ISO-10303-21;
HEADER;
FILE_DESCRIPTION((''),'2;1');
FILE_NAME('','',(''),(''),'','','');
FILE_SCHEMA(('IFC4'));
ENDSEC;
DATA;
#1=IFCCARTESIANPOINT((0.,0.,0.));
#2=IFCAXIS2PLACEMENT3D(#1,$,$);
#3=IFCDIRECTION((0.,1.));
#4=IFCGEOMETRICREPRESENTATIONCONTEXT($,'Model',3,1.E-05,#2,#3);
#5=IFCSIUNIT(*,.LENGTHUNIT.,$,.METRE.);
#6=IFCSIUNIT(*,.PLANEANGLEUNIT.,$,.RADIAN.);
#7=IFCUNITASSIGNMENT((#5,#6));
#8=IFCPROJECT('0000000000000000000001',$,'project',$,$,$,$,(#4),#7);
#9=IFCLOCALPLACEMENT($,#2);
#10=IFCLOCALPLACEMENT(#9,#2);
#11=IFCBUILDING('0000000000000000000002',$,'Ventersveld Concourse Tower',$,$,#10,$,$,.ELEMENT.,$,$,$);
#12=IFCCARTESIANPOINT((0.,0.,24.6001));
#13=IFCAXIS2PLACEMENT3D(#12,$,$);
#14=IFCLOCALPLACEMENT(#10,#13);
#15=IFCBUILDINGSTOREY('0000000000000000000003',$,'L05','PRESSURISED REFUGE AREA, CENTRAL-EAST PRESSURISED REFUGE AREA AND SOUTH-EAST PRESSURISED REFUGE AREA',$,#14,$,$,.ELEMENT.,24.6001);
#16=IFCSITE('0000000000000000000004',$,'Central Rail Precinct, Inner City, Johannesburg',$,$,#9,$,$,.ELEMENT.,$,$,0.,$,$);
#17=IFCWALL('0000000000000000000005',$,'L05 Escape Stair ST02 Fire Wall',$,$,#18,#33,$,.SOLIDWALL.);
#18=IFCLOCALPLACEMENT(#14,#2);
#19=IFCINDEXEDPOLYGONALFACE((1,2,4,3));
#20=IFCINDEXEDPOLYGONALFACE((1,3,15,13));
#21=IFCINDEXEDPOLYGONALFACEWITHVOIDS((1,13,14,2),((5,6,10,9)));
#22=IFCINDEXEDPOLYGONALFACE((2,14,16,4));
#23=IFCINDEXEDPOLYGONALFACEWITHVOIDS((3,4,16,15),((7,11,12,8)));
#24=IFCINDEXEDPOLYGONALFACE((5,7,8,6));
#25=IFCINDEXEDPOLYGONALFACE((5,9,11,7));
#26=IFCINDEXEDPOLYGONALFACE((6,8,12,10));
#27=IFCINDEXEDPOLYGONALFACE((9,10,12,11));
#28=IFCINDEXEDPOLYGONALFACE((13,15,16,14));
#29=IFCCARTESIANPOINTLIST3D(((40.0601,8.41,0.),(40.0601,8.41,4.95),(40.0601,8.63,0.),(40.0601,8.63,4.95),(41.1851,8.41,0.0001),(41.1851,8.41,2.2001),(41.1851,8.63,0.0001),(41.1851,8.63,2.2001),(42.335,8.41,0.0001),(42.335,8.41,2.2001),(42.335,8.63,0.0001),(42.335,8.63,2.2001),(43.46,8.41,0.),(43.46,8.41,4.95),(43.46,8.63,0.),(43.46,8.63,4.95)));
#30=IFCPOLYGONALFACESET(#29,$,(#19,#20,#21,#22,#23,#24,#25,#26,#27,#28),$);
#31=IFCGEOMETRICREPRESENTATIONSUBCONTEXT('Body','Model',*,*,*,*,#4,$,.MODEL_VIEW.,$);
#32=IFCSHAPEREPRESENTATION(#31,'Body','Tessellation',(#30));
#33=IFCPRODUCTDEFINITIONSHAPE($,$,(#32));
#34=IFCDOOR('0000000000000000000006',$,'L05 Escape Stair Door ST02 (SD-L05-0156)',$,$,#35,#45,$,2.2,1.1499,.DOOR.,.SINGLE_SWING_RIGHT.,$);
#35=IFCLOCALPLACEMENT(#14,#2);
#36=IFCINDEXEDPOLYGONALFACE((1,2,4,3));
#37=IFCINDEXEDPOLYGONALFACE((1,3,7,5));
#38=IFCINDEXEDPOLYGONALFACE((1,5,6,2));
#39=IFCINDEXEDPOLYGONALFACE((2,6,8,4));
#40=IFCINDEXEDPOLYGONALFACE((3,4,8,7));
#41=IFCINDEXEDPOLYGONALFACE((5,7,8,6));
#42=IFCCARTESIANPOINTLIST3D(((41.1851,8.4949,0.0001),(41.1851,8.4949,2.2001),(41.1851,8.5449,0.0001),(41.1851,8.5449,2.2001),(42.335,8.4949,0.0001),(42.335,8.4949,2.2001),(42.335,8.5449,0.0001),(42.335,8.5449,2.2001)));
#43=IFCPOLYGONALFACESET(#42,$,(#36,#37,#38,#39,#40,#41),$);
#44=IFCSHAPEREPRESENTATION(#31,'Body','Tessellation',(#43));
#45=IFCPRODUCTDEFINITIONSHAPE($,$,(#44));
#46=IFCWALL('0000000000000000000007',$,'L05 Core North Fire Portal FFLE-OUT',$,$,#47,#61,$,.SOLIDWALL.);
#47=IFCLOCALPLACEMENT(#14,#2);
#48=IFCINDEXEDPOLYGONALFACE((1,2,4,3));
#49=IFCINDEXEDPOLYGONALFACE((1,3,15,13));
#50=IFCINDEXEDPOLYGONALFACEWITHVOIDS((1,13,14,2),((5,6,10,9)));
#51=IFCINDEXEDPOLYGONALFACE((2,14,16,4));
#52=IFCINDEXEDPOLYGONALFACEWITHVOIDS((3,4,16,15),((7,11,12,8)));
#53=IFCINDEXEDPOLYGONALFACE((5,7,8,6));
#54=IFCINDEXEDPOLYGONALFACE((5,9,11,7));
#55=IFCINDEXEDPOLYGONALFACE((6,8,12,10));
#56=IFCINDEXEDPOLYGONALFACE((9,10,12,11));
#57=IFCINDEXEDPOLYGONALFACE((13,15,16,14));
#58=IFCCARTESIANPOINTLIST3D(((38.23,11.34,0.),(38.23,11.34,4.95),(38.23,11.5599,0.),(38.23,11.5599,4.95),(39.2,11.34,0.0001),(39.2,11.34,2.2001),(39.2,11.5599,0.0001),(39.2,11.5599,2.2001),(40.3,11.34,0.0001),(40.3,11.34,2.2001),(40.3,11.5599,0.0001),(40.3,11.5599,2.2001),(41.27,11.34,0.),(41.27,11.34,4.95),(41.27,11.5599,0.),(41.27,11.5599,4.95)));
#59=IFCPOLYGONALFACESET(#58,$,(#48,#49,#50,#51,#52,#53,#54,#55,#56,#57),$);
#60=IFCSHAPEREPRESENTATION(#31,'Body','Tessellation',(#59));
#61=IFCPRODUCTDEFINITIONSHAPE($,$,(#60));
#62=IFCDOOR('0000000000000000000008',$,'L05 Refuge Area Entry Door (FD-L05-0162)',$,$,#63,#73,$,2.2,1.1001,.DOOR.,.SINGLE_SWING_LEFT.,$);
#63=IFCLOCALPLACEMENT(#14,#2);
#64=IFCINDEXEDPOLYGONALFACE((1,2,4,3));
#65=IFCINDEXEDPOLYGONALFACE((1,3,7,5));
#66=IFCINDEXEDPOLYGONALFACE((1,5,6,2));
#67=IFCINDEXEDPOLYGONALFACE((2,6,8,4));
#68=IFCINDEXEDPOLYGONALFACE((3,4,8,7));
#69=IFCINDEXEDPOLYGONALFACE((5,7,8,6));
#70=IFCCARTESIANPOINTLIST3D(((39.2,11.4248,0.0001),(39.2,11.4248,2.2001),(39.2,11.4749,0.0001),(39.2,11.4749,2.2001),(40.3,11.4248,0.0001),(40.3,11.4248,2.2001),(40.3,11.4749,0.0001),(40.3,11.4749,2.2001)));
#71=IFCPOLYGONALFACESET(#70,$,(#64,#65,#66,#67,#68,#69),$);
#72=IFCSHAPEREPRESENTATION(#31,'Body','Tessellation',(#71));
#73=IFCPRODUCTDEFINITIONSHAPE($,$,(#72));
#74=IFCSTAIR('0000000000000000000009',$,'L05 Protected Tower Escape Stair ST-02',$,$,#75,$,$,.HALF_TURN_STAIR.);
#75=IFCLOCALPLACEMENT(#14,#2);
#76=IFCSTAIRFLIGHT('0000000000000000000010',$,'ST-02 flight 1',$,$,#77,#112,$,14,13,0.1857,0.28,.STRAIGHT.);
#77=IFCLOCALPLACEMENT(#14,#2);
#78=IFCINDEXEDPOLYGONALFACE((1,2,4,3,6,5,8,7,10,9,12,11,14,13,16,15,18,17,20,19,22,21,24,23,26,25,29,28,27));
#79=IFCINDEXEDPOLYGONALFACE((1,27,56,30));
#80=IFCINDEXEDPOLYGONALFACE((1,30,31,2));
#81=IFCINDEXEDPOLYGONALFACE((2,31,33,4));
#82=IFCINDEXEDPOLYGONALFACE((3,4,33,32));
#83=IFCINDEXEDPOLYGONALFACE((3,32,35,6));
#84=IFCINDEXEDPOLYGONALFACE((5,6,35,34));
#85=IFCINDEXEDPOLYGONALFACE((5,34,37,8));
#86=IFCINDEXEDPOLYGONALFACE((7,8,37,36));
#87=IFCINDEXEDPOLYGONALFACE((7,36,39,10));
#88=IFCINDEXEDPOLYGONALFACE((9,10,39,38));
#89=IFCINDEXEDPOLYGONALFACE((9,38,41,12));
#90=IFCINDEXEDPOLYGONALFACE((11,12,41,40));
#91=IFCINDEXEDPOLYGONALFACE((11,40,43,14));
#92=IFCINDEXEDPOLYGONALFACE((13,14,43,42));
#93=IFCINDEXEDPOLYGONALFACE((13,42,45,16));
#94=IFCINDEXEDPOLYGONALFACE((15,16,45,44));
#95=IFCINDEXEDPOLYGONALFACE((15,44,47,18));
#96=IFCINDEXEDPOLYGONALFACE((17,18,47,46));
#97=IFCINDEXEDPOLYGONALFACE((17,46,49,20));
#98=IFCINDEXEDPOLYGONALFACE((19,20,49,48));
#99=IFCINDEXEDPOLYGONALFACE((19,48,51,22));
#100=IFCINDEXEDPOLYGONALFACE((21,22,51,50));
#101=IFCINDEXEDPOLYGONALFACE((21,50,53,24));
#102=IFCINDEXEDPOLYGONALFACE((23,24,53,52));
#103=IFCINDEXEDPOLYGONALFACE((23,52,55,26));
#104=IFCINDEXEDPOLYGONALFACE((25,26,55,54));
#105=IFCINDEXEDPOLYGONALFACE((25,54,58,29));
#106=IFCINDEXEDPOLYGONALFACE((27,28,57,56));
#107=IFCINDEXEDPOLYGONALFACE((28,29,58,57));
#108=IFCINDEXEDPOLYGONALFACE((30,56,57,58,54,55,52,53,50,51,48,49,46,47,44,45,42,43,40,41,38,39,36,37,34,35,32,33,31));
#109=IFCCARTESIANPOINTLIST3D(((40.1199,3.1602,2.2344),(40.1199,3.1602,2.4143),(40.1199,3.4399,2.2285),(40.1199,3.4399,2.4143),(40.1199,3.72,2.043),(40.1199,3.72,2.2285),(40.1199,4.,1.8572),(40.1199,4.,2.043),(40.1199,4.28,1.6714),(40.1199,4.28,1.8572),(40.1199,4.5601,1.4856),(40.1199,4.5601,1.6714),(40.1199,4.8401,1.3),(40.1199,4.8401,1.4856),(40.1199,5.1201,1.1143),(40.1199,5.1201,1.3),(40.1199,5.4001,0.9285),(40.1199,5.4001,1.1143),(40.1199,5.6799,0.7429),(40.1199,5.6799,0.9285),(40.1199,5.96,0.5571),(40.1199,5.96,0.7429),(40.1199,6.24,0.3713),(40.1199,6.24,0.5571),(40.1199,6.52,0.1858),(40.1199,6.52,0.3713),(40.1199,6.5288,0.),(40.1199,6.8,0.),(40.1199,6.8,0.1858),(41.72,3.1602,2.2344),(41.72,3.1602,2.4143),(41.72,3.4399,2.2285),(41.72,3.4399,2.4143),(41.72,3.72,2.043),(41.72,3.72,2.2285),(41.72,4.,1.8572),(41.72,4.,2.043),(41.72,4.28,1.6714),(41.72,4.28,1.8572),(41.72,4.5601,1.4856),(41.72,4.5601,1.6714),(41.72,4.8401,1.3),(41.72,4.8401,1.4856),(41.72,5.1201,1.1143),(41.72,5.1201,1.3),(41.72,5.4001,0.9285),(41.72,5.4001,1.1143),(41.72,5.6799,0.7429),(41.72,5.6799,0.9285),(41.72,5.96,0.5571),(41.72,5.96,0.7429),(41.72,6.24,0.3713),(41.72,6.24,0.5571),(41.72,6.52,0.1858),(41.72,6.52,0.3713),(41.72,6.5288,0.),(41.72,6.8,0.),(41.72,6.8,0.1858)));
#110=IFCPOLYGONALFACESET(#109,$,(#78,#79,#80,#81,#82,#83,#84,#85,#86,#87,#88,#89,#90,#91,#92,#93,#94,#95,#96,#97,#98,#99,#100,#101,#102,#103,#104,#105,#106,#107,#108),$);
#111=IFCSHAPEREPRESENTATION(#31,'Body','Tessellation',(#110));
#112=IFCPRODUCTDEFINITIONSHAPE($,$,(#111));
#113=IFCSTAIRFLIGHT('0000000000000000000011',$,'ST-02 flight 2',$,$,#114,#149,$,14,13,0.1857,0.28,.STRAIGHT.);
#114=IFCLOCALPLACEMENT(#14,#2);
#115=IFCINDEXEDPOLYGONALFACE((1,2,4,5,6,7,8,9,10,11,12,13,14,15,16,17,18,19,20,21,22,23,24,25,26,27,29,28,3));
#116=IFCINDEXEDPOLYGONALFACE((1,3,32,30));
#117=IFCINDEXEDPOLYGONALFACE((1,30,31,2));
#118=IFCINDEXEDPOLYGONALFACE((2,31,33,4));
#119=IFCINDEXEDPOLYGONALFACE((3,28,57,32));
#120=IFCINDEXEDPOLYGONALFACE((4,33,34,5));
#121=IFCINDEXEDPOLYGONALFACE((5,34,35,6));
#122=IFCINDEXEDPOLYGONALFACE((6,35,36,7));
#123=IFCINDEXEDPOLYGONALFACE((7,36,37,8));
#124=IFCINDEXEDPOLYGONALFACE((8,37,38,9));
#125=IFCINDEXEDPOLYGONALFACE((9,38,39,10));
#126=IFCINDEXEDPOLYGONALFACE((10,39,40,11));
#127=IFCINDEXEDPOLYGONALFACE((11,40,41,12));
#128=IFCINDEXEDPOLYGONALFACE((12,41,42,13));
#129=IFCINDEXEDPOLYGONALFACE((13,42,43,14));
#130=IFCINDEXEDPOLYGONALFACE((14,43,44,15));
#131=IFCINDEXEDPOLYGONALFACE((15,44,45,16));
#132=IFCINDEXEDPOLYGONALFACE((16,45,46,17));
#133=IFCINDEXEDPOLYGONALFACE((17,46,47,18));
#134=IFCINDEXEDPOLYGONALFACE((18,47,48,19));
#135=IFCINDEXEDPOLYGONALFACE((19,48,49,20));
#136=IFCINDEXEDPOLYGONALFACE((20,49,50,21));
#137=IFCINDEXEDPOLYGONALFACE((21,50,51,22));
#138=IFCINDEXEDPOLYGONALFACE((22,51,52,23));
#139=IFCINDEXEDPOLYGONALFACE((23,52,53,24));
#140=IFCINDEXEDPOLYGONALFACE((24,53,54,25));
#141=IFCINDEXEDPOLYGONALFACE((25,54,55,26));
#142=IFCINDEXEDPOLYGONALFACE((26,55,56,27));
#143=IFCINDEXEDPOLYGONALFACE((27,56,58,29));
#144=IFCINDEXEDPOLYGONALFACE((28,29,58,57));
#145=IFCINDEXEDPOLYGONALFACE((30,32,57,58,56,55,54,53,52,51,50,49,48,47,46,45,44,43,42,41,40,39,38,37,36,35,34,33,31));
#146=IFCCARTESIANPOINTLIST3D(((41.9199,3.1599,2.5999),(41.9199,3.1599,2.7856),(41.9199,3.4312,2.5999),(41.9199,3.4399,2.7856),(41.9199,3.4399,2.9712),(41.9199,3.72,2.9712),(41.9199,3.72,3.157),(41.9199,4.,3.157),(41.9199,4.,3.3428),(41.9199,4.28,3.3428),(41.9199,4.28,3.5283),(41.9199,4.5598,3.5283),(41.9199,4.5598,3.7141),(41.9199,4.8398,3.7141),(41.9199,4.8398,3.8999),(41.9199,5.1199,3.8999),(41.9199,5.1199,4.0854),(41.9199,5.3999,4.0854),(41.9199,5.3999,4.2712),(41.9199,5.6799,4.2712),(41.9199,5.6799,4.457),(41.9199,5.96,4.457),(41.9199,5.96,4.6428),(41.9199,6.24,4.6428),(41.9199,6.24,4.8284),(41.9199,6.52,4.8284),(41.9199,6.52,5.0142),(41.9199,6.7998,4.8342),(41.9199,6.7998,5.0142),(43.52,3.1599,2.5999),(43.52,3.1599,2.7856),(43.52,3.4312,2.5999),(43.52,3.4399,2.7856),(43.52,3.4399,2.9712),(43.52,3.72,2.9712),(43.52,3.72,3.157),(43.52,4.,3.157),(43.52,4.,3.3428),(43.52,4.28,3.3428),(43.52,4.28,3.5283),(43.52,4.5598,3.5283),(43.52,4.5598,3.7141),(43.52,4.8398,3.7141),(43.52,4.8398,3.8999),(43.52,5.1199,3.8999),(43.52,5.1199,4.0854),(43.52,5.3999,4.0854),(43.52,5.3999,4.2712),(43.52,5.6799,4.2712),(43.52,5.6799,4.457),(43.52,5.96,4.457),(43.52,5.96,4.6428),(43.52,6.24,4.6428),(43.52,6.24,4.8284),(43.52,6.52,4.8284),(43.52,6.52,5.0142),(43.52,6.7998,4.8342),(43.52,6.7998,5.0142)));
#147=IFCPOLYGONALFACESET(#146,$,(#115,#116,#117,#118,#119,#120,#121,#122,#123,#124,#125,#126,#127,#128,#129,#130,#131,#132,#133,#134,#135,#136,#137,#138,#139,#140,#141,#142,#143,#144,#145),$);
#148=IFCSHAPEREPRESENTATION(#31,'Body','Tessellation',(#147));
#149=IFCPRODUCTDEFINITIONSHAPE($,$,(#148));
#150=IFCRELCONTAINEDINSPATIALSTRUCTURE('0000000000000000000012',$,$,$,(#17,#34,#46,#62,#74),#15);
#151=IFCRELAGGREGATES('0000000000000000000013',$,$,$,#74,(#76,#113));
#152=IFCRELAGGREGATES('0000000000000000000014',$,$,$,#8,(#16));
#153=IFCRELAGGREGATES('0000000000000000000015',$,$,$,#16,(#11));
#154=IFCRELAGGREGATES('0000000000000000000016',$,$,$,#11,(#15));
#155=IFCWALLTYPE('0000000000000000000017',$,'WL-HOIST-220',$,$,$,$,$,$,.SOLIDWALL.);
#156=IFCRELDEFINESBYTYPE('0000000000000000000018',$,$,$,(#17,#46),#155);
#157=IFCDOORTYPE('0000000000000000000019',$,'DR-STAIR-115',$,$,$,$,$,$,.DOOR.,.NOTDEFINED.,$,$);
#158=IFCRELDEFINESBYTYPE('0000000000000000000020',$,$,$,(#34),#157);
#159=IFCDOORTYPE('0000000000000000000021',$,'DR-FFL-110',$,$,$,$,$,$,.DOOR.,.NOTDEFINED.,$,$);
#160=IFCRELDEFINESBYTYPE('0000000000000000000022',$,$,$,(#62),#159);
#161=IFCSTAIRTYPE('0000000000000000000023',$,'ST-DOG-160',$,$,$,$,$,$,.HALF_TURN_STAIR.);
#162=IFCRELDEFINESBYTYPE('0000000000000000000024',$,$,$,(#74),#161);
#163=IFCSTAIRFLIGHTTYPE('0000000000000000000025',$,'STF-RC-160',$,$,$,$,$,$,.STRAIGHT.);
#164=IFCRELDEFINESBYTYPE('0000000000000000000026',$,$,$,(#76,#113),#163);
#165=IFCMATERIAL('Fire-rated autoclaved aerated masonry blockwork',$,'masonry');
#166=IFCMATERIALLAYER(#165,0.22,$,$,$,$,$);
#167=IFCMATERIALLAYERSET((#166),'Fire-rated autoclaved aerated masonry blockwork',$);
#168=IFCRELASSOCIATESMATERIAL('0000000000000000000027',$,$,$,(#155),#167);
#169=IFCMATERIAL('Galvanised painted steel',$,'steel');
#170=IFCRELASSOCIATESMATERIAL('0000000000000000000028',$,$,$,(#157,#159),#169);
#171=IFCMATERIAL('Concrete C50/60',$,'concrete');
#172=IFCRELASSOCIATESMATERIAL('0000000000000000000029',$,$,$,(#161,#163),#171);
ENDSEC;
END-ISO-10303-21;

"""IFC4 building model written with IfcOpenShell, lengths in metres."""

from ifc_helpers import new_model, si_unit, direction, frame, frame_2d, origin, place, context, subcontext, project, spatial, polyline, rectangle, outline, extrude, material, layer, layer_set, type_object, element, fill, aggregate, save


model = new_model("IFC4")

# Units and contexts
model_context = context("Model", 3, precision=1e-05, world=origin(), true_north=direction((0.0, 1.0)))
body_context = subcontext(model_context, "Body", "Model", "MODEL_VIEW")
ifc_project = project(units=[si_unit("LENGTHUNIT", "METRE"), si_unit("PLANEANGLEUNIT", "RADIAN")], contexts=[model_context])

# Site, building, storey
site_placement = place(None, origin())
site = spatial("IfcSite", under=ifc_project, at=site_placement, Name="Central Rail Precinct, Inner City, Johannesburg", CompositionType="ELEMENT", RefElevation=0.0)
building_placement = place(site_placement, origin())
building = spatial("IfcBuilding", under=site, at=building_placement, Name="Ventersveld Concourse Tower", CompositionType="ELEMENT")
storey_placement = place(building_placement, frame((0.0, 0.0, 24.6001)))
storey = spatial("IfcBuildingStorey", under=building, at=storey_placement, Name="L05", Description="PRESSURISED REFUGE AREA, CENTRAL-EAST PRESSURISED REFUGE AREA AND SOUTH-EAST PRESSURISED REFUGE AREA", CompositionType="ELEMENT", Elevation=24.6001)

# Shared definitions
ifc_material_1 = material(Name="Concrete C50/60", Category="concrete")

# Shared definitions
ifc_material_2 = material(Name="Fire-rated autoclaved aerated masonry blockwork", Category="masonry")

# Walls, openings, doors
ifc_layer_1 = layer(ifc_material_2, 0.22)
ifc_layer_set_1 = layer_set([ifc_layer_1], Name="Fire-rated autoclaved aerated masonry blockwork")
wall_type_1 = type_object("IfcWallType", Name="WL-HOIST-220", PredefinedType="SOLIDWALL", material=ifc_layer_set_1)
wall_1_placement = place(storey_placement, frame((40.0601, 8.52, 0.0), z_axis=(0.0, 0.0, 1.0), x_axis=(1.0, 0.0, 0.0)))
wall_1 = element("IfcWall", 1, at=wall_1_placement, inside=storey, type_object=wall_type_1, Name="L05 Escape Stair ST02 Fire Wall", PredefinedType="SOLIDWALL", context=body_context, shape_type="SweptSolid", body=[
    extrude(rectangle(XDim=3.3999, YDim=0.22, at=frame_2d((1.7, 0.0))), origin(), (0.0, 0.0, 1.0), 4.95),
])
opening_1_placement = place(wall_1_placement, frame((1.125, 0.0, 0.0)))
opening_1 = element("IfcOpeningElement", 2, at=opening_1_placement, cuts=wall_1, PredefinedType="OPENING", context=body_context, shape_type="SweptSolid", body=[
    extrude(rectangle(XDim=1.1499, YDim=2.2, at=frame_2d((0.575, 1.1001))), frame((0.0, 0.1201, 0.0), z_axis=(0.0, -1.0, 0.0), x_axis=(1.0, 0.0, 0.0)), (0.0, 0.0, 1.0), 0.24),
])
ifc_material_3 = material(Name="Galvanised painted steel", Category="steel")
door_type_1 = type_object("IfcDoorType", Name="DR-STAIR-115", OperationType="NOTDEFINED", PredefinedType="DOOR", material=ifc_material_3)
door_1_placement = place(opening_1_placement, origin())
door_1 = element("IfcDoor", 3, at=door_1_placement, inside=storey, type_object=door_type_1, Name="L05 Escape Stair Door ST02 (SD-L05-0156)", OperationType="SINGLE_SWING_RIGHT", OverallHeight=2.2, OverallWidth=1.1499, PredefinedType="DOOR", context=body_context, shape_type="SweptSolid", body=[
    extrude(rectangle(XDim=1.1499, YDim=2.2, at=frame_2d((0.575, 1.1001))), frame((0.0, 0.0249, 0.0), z_axis=(0.0, -1.0, 0.0), x_axis=(1.0, 0.0, 0.0)), (0.0, 0.0, 1.0), 0.05),
])
fill(opening_1, door_1)
wall_2_placement = place(storey_placement, frame((38.23, 11.45, 0.0), z_axis=(0.0, 0.0, 1.0), x_axis=(1.0, 0.0, 0.0)))
wall_2 = element("IfcWall", 4, at=wall_2_placement, inside=storey, type_object=wall_type_1, Name="L05 Core North Fire Portal FFLE-OUT", PredefinedType="SOLIDWALL", context=body_context, shape_type="SweptSolid", body=[
    extrude(rectangle(XDim=3.04, YDim=0.22, at=frame_2d((1.52, 0.0))), origin(), (0.0, 0.0, 1.0), 4.95),
])
opening_2_placement = place(wall_2_placement, frame((0.97, 0.0, 0.0)))
opening_2 = element("IfcOpeningElement", 5, at=opening_2_placement, cuts=wall_2, PredefinedType="OPENING", context=body_context, shape_type="SweptSolid", body=[
    extrude(rectangle(XDim=1.1001, YDim=2.2, at=frame_2d((0.55, 1.1001))), frame((0.0, 0.1201, 0.0), z_axis=(0.0, -1.0, 0.0), x_axis=(1.0, 0.0, 0.0)), (0.0, 0.0, 1.0), 0.24),
])
door_type_2 = type_object("IfcDoorType", Name="DR-FFL-110", OperationType="NOTDEFINED", PredefinedType="DOOR", material=ifc_material_3)
door_2_placement = place(opening_2_placement, origin())
door_2 = element("IfcDoor", 6, at=door_2_placement, inside=storey, type_object=door_type_2, Name="L05 Refuge Area Entry Door (FD-L05-0162)", OperationType="SINGLE_SWING_LEFT", OverallHeight=2.2, OverallWidth=1.1001, PredefinedType="DOOR", context=body_context, shape_type="SweptSolid", body=[
    extrude(rectangle(XDim=1.1001, YDim=2.2, at=frame_2d((0.55, 1.1001))), frame((0.0, 0.0249, 0.0), z_axis=(0.0, -1.0, 0.0), x_axis=(1.0, 0.0, 0.0)), (0.0, 0.0, 1.0), 0.05),
])
fill(opening_2, door_2)

# Stair, stair flights
stair_type = type_object("IfcStairType", Name="ST-DOG-160", PredefinedType="HALF_TURN_STAIR", material=ifc_material_1)
stair_placement = place(storey_placement, origin())
stair = element("IfcStair", 7, at=stair_placement, inside=storey, type_object=stair_type, Name="L05 Protected Tower Escape Stair ST-02", PredefinedType="HALF_TURN_STAIR")
stair_flight_type = type_object("IfcStairFlightType", Name="STF-RC-160", PredefinedType="STRAIGHT", material=ifc_material_1)
stair_flight_1_placement = place(storey_placement, frame((40.9199, 6.8, 0.0), z_axis=(0.0, 0.0, 1.0), x_axis=(0.0, -1.0, 0.0)))
stair_flight_1 = element("IfcStairFlight", 8, at=stair_flight_1_placement, type_object=stair_flight_type, Name="ST-02 flight 1", NumberOfRisers=14, NumberOfTreads=13, PredefinedType="STRAIGHT", RiserHeight=0.1857, TreadLength=0.28, context=body_context, shape_type="SweptSolid", body=[
    extrude(outline(polyline([(0.0, 0.0), (0.0, 0.1858), (0.28, 0.1858), (0.28, 0.3713), (0.5601, 0.3713), (0.5601, 0.5571), (0.8401, 0.5571), (0.8401, 0.7429), (1.1201, 0.7429), (1.1201, 0.9285), (1.3999, 0.9285), (1.3999, 1.1143), (1.6799, 1.1143), (1.6799, 1.3), (1.96, 1.3), (1.96, 1.4856), (2.24, 1.4856), (2.24, 1.6714), (2.52, 1.6714), (2.52, 1.8572), (2.8, 1.8572), (2.8, 2.043), (3.0801, 2.043), (3.0801, 2.2285), (3.3601, 2.2285), (3.3601, 2.4143), (3.6399, 2.4143), (3.6399, 2.6001), (3.6399, 2.2344), (0.2712, 0.0), (0.0, 0.0)])), frame((0.0, 0.8, 0.0), z_axis=(0.0, -1.0, 0.0), x_axis=(1.0, 0.0, 0.0)), (0.0, 0.0, 1.0), 1.6001),
])
stair_flight_2_placement = place(storey_placement, frame((42.72, 3.1599, 2.5999), z_axis=(0.0, 0.0, 1.0), x_axis=(0.0, 1.0, 0.0)))
stair_flight_2 = element("IfcStairFlight", 9, at=stair_flight_2_placement, type_object=stair_flight_type, Name="ST-02 flight 2", NumberOfRisers=14, NumberOfTreads=13, PredefinedType="STRAIGHT", RiserHeight=0.1857, TreadLength=0.28, context=body_context, shape_type="SweptSolid", body=[
    extrude(outline(polyline([(0.0, 0.0), (0.0, 0.1858), (0.28, 0.1858), (0.28, 0.3713), (0.5601, 0.3713), (0.5601, 0.5571), (0.8401, 0.5571), (0.8401, 0.7429), (1.1201, 0.7429), (1.1201, 0.9285), (1.3999, 0.9285), (1.3999, 1.1143), (1.6799, 1.1143), (1.6799, 1.3), (1.96, 1.3), (1.96, 1.4856), (2.24, 1.4856), (2.24, 1.6714), (2.52, 1.6714), (2.52, 1.8572), (2.8, 1.8572), (2.8, 2.043), (3.0801, 2.043), (3.0801, 2.2285), (3.3601, 2.2285), (3.3601, 2.4143), (3.6399, 2.4143), (3.6399, 2.6001), (3.6399, 2.2344), (0.2712, 0.0), (0.0, 0.0)])), frame((0.0, 0.8, 0.0), z_axis=(0.0, -1.0, 0.0), x_axis=(1.0, 0.0, 0.0)), (0.0, 0.0, 1.0), 1.6001),
])
aggregate(stair, [stair_flight_1, stair_flight_2])

save(model, "model.ifc")
